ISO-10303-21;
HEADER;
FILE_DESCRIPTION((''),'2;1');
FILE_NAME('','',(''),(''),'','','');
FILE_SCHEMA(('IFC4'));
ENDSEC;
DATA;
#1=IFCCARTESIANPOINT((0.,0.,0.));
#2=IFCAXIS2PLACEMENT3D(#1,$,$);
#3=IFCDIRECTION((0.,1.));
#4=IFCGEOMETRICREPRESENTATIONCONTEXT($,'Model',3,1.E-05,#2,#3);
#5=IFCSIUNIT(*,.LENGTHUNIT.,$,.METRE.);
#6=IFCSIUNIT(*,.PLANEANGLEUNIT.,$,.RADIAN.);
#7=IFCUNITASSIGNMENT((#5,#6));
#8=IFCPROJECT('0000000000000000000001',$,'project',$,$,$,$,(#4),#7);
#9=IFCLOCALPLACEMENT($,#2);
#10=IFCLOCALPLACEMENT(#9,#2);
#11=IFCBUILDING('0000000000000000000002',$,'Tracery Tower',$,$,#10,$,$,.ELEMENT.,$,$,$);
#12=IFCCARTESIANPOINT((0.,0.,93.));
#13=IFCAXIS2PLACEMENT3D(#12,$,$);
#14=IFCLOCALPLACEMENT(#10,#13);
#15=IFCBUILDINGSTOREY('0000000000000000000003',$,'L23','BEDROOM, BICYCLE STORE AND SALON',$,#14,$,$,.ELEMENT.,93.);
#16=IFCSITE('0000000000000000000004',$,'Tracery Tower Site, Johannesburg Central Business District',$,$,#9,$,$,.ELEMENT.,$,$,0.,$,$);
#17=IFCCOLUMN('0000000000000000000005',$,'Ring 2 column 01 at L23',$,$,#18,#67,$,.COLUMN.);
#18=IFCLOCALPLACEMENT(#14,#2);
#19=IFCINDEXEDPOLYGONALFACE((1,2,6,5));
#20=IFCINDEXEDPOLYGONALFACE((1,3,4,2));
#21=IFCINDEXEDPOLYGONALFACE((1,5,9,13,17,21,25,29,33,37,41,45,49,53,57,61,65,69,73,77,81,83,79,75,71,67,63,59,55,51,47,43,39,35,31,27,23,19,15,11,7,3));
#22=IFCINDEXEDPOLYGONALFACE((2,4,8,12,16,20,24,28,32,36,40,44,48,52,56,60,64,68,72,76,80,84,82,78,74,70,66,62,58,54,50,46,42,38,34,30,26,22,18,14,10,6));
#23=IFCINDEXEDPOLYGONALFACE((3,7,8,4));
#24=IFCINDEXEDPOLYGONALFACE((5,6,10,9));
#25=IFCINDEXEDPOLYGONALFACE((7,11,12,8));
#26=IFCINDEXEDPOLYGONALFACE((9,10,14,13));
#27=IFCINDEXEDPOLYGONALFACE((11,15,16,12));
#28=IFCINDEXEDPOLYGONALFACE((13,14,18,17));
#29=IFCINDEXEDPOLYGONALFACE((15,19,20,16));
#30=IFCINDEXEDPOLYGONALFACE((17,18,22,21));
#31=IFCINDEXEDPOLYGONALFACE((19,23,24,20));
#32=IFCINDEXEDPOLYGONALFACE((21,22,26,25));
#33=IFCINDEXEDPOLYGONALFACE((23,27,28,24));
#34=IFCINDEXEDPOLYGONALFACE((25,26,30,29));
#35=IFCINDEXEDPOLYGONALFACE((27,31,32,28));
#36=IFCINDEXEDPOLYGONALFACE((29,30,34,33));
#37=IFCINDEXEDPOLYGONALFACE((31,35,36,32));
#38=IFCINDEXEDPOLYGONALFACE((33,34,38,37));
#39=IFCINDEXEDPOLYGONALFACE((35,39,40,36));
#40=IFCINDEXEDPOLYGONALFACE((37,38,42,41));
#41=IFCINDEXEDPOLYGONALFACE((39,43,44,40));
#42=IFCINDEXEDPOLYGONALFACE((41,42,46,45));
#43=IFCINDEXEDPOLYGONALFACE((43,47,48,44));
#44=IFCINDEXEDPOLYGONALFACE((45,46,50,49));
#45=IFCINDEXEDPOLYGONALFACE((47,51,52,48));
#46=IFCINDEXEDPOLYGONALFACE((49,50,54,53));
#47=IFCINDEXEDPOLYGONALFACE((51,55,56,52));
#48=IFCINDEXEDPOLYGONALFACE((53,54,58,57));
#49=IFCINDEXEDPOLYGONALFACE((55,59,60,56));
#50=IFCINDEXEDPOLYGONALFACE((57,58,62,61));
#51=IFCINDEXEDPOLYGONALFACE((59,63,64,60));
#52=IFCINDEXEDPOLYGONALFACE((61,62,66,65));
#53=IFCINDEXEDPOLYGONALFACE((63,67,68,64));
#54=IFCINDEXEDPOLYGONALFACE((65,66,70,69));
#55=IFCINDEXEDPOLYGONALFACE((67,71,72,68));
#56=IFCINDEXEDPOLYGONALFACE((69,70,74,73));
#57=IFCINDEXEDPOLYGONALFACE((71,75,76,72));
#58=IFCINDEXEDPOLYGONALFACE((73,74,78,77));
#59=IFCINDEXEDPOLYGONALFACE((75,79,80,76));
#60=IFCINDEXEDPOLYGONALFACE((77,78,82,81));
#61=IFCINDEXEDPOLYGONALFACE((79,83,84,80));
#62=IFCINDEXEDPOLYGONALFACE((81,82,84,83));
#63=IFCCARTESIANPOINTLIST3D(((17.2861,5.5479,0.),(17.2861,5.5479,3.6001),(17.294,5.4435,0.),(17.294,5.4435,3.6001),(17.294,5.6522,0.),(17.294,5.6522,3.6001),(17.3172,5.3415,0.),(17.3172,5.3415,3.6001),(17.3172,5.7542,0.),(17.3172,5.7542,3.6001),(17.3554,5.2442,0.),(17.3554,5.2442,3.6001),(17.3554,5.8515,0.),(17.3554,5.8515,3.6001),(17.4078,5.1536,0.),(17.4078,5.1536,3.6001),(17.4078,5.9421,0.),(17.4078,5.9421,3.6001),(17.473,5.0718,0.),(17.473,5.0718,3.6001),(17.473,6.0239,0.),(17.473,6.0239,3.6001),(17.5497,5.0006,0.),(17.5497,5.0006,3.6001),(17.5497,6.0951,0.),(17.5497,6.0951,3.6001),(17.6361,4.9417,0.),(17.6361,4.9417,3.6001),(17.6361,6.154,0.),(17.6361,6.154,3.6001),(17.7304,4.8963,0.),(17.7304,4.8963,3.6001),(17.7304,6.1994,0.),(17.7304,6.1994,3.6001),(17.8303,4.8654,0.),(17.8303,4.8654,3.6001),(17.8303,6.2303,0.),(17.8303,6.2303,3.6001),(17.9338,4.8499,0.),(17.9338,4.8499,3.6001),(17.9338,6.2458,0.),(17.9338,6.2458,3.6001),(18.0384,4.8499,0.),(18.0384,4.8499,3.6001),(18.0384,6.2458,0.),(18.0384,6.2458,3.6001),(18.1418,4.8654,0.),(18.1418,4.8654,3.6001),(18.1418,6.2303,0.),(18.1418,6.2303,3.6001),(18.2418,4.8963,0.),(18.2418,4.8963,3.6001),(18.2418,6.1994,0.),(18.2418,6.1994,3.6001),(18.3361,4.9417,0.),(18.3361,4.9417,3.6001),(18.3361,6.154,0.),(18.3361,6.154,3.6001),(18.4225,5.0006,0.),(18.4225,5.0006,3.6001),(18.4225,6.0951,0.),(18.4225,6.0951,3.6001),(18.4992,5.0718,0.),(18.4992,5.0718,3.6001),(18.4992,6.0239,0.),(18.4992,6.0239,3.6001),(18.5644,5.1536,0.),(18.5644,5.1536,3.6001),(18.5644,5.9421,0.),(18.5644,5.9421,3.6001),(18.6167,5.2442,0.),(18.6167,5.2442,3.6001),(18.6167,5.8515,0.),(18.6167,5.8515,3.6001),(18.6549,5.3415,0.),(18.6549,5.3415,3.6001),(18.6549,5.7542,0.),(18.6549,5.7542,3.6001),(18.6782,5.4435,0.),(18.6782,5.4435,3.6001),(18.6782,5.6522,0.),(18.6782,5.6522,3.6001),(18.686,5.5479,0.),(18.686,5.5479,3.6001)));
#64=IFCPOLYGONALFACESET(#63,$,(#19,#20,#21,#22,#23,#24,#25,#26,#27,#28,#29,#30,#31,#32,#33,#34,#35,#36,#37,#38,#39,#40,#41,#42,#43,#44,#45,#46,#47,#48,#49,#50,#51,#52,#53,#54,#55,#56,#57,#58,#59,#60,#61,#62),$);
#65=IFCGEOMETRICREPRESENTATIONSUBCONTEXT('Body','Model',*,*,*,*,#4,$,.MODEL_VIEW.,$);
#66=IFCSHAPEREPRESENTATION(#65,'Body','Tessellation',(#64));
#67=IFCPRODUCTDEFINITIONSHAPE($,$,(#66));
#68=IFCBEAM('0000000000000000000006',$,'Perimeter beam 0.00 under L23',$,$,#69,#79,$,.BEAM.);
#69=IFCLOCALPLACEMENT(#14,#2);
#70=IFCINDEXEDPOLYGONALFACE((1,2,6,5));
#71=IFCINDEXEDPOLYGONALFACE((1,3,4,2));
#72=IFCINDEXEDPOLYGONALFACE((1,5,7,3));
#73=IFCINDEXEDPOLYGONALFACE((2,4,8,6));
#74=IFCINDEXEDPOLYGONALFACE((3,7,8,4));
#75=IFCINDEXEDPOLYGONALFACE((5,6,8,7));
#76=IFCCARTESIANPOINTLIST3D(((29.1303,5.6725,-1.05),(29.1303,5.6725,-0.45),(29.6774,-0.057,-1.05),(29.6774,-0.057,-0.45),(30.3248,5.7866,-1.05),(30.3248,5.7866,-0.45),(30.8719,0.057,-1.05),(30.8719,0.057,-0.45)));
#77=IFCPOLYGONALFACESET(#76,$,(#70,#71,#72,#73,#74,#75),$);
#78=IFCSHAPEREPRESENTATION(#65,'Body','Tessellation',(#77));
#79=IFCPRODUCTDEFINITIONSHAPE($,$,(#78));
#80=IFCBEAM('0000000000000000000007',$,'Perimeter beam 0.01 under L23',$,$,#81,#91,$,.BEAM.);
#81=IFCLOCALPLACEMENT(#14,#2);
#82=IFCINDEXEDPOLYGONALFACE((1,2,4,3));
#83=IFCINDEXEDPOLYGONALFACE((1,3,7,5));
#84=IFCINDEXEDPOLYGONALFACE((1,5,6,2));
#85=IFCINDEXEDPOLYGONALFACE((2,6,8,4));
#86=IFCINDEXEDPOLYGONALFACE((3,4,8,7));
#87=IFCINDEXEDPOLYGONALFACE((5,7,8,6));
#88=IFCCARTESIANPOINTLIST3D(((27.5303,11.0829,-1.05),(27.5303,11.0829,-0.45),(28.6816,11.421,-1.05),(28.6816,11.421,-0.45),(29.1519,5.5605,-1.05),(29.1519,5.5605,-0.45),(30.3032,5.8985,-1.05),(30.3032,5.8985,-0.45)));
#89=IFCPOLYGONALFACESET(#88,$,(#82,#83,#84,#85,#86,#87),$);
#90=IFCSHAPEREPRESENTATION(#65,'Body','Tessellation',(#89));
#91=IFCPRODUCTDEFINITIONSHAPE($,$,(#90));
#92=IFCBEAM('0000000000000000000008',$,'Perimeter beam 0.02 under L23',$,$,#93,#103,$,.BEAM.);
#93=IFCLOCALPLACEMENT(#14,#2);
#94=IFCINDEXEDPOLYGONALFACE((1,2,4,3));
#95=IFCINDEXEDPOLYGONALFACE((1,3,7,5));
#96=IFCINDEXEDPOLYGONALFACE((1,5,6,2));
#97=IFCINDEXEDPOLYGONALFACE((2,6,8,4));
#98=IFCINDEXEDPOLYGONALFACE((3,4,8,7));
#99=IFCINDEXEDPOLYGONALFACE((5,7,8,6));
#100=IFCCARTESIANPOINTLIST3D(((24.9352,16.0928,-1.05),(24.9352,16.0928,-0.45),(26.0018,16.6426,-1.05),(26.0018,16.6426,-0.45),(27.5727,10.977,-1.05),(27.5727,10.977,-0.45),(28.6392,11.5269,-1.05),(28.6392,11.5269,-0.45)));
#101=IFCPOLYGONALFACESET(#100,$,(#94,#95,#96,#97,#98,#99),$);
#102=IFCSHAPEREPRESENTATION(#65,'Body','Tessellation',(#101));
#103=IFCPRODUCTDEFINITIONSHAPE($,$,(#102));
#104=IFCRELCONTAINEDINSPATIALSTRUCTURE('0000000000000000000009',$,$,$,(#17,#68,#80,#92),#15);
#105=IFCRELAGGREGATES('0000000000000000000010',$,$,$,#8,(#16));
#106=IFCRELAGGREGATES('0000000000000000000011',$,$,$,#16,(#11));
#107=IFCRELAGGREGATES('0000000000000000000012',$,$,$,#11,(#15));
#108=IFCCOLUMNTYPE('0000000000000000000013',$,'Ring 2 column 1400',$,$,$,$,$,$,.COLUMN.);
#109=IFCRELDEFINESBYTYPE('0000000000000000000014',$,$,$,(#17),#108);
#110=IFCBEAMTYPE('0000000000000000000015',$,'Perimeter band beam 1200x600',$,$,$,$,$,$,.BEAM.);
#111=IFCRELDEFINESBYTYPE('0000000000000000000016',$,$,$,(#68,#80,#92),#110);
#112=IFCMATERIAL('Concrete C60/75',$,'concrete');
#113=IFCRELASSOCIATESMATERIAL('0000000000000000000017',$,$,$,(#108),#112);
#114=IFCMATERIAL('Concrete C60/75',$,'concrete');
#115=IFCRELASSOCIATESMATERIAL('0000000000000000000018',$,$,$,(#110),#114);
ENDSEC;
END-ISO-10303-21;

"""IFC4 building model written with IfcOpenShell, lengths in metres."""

from ifc_helpers import new_model, si_unit, direction, frame, origin, origin_2d, place, context, subcontext, project, spatial, rectangle, circle, extrude, material, material_profile, profile_set, type_object, element, save


model = new_model("IFC4")

# Units and contexts
model_context = context("Model", 3, precision=1e-05, world=origin(), true_north=direction((0.0, 1.0)))
body_context = subcontext(model_context, "Body", "Model", "MODEL_VIEW")
ifc_project = project(units=[si_unit("LENGTHUNIT", "METRE"), si_unit("PLANEANGLEUNIT", "RADIAN")], contexts=[model_context])

# Site, building, storey
site_placement = place(None, origin())
site = spatial("IfcSite", under=ifc_project, at=site_placement, Name="Tracery Tower Site, Johannesburg Central Business District", CompositionType="ELEMENT", RefElevation=0.0)
building_placement = place(site_placement, origin())
building = spatial("IfcBuilding", under=site, at=building_placement, Name="Tracery Tower", CompositionType="ELEMENT")
storey_placement = place(building_placement, frame((0.0, 0.0, 93.0)))
storey = spatial("IfcBuildingStorey", under=building, at=storey_placement, Name="L23", Description="BEDROOM, BICYCLE STORE AND SALON", CompositionType="ELEMENT", Elevation=93.0)

# Column
ifc_material_1 = material(Name="Concrete C60/75", Category="concrete")
ifc_material_profile_1 = material_profile(ifc_material_1, circle(Radius=0.7, at=origin_2d()), Name="RC D1400")
ifc_profile_set_1 = profile_set([ifc_material_profile_1], Name="Concrete C60/75")
column_type_1 = type_object("IfcColumnType", Name="Ring 2 column 1400", PredefinedType="COLUMN", material=ifc_profile_set_1)
for number, where, z_axis, x_axis, name in (
    (1, (17.9861, 5.5479, 0.0), (0.0, 0.0, 1.0), (1.0, 0.0, 0.0), "Ring 2 column 01 at L23"),
):
    element("IfcColumn", number, at=place(storey_placement, frame(where, z_axis=z_axis, x_axis=x_axis)), inside=storey, type_object=column_type_1, Name=name, PredefinedType="COLUMN", context=body_context, shape_type="SweptSolid", body=[
        extrude(circle(Radius=0.7, at=origin_2d()), origin(), (0.0, 0.0, 1.0), 3.6001),
    ])

# Beams
ifc_material_2 = material(Name="Concrete C60/75", Category="concrete")
ifc_material_profile_2 = material_profile(ifc_material_2, rectangle(XDim=1.2, YDim=0.6001, at=origin_2d()), Name="RC 1200x600")
ifc_profile_set_2 = profile_set([ifc_material_profile_2], Name="Concrete C60/75")
beam_type = type_object("IfcBeamType", Name="Perimeter band beam 1200x600", PredefinedType="BEAM", material=ifc_profile_set_2)
for number, where, z_axis, x_axis, name in (
    (2, (30.2747, 0.0, -0.75), (-0.095059, 0.995472, 0.0), (-0.995472, -0.095059, 0.0), "Perimeter beam 0.00 under L23"),
    (3, (29.7275, 5.7295, -0.75), (-0.281739, 0.959491, 0.0), (-0.959491, -0.281739, 0.0), "Perimeter beam 0.01 under L23"),
    (4, (28.106, 11.252, -0.75), (-0.458242, 0.888827, 0.0), (-0.888827, -0.458242, 0.0), "Perimeter beam 0.02 under L23"),
):
    element("IfcBeam", number, at=place(storey_placement, frame(where, z_axis=z_axis, x_axis=x_axis)), inside=storey, type_object=beam_type, Name=name, PredefinedType="BEAM", context=body_context, shape_type="SweptSolid", body=[
        extrude(rectangle(XDim=1.2, YDim=0.6001, at=origin_2d()), origin(), (0.0, 0.0, 1.0), 5.7556),
    ])

save(model, "model.ifc")
